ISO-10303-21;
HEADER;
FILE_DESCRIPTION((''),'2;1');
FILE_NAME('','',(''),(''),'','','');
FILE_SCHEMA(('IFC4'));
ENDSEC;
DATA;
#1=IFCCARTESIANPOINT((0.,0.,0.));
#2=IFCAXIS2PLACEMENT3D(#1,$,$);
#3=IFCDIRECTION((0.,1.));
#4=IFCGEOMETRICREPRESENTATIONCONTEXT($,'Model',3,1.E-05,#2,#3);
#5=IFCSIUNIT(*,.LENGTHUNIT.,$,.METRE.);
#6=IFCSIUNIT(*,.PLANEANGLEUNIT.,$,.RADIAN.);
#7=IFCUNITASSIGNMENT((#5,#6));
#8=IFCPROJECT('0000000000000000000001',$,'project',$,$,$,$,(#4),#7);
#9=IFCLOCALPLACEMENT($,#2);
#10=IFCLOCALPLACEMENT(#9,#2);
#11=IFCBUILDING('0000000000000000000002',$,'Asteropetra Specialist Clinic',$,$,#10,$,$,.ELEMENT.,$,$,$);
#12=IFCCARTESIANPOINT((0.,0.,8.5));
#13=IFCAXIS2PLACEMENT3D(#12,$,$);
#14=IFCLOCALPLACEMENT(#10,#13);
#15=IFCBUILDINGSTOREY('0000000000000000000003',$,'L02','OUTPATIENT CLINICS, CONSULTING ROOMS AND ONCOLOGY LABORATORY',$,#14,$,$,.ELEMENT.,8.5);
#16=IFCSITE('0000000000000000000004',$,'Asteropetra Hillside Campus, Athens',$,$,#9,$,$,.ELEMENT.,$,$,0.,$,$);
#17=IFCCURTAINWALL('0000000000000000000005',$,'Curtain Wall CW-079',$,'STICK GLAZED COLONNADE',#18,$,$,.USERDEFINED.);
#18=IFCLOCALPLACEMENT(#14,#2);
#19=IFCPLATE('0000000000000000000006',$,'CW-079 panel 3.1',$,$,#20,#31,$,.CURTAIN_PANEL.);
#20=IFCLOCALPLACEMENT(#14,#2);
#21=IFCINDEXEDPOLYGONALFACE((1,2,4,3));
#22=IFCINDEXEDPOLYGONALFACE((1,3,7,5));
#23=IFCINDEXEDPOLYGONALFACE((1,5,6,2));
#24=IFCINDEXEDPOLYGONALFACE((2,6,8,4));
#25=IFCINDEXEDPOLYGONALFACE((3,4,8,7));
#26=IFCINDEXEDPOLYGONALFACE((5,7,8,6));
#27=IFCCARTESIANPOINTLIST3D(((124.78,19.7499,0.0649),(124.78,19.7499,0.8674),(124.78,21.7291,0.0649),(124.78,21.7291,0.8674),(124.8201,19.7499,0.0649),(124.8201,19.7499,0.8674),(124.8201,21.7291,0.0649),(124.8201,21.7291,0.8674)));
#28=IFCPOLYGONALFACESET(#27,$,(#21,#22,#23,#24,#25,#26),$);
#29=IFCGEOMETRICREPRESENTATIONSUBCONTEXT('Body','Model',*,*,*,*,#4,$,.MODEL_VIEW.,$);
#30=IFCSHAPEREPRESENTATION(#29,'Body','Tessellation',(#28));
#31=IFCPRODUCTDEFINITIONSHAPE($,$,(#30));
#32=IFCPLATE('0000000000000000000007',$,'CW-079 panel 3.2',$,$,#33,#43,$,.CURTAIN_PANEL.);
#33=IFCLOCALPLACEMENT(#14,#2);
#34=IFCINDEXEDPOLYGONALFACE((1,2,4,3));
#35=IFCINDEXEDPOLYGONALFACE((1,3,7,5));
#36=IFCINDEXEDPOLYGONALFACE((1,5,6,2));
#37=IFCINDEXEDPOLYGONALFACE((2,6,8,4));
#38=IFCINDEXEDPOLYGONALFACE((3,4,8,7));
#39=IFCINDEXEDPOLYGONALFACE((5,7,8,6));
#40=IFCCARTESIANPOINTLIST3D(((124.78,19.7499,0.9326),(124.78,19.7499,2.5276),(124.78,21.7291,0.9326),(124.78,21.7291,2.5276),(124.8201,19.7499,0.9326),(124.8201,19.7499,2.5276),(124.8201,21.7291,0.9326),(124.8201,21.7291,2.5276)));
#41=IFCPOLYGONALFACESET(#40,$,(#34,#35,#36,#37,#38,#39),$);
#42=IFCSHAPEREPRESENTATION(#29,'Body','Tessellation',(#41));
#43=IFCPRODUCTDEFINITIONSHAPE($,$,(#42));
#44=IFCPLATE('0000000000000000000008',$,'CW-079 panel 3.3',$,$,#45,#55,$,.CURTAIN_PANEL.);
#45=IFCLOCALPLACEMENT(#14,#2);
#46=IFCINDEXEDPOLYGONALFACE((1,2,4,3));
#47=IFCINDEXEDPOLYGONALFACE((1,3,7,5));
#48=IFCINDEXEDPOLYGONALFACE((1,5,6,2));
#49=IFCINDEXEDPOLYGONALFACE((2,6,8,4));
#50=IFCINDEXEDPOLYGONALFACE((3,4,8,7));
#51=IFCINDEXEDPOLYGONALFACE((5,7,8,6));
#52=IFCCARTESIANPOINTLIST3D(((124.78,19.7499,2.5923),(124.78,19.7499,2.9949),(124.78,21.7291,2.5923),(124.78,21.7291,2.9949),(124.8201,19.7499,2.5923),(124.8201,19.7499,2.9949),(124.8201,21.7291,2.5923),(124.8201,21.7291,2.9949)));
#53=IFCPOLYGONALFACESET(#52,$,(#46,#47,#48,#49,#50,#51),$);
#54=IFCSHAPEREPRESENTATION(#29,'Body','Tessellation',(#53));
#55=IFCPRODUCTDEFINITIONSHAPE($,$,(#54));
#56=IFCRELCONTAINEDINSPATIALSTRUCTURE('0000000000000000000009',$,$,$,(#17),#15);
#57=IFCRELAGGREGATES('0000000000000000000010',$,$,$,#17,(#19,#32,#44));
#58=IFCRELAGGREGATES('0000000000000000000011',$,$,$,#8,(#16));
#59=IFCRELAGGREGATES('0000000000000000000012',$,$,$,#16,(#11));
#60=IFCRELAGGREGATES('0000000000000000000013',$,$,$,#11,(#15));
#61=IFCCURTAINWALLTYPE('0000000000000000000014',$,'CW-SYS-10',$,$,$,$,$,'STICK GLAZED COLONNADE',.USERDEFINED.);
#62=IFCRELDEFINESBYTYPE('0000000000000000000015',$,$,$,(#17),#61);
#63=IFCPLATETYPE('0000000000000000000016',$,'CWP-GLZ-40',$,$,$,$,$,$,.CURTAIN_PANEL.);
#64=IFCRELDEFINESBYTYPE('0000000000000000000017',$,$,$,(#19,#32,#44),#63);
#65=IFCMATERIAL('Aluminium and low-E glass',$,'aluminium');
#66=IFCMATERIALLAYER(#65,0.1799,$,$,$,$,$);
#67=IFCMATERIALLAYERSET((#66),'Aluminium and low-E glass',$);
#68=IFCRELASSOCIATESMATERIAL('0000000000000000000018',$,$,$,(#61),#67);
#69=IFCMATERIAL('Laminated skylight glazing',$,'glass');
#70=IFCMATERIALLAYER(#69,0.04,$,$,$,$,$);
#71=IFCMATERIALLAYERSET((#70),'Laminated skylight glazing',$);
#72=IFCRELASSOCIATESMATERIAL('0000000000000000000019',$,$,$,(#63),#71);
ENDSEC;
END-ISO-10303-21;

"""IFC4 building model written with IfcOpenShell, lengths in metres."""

from ifc_helpers import new_model, si_unit, direction, frame, origin, origin_2d, place, context, subcontext, project, spatial, rectangle, extrude, material, layer, layer_set, type_object, element, aggregate, save


model = new_model("IFC4")

# Units and contexts
model_context = context("Model", 3, precision=1e-05, world=origin(), true_north=direction((0.0, 1.0)))
body_context = subcontext(model_context, "Body", "Model", "MODEL_VIEW")
ifc_project = project(units=[si_unit("LENGTHUNIT", "METRE"), si_unit("PLANEANGLEUNIT", "RADIAN")], contexts=[model_context])

# Site, building, storey
site_placement = place(None, origin())
site = spatial("IfcSite", under=ifc_project, at=site_placement, Name="Asteropetra Hillside Campus, Athens", CompositionType="ELEMENT", RefElevation=0.0)
building_placement = place(site_placement, origin())
building = spatial("IfcBuilding", under=site, at=building_placement, Name="Asteropetra Specialist Clinic", CompositionType="ELEMENT")
storey_placement = place(building_placement, frame((0.0, 0.0, 8.5)))
storey = spatial("IfcBuildingStorey", under=building, at=storey_placement, Name="L02", Description="OUTPATIENT CLINICS, CONSULTING ROOMS AND ONCOLOGY LABORATORY", CompositionType="ELEMENT", Elevation=8.5)

# Curtain wall
ifc_material_1 = material(Name="Aluminium and low-E glass", Category="aluminium")
ifc_layer_1 = layer(ifc_material_1, 0.1799)
ifc_layer_set_1 = layer_set([ifc_layer_1], Name="Aluminium and low-E glass")
curtain_wall_type_1 = type_object("IfcCurtainWallType", Name="CW-SYS-10", ElementType="STICK GLAZED COLONNADE", PredefinedType="USERDEFINED", material=ifc_layer_set_1)
curtain_wall_1_placement = place(storey_placement, origin())
curtain_wall_1 = element("IfcCurtainWall", 1, at=curtain_wall_1_placement, inside=storey, type_object=curtain_wall_type_1, Name="Curtain Wall CW-079", ObjectType="STICK GLAZED COLONNADE", PredefinedType="USERDEFINED")

# Plates
ifc_material_2 = material(Name="Laminated skylight glazing", Category="glass")
ifc_layer_2 = layer(ifc_material_2, 0.04)
ifc_layer_set_2 = layer_set([ifc_layer_2], Name="Laminated skylight glazing")
plate_type_1 = type_object("IfcPlateType", Name="CWP-GLZ-40", PredefinedType="CURTAIN_PANEL", material=ifc_layer_set_2)
plate_1_placement = place(storey_placement, frame((124.8, 20.7395, 0.0649), z_axis=(0.0, 0.0, 1.0), x_axis=(0.0, -1.0, 0.0)))
plate_1 = element("IfcPlate", 2, at=plate_1_placement, type_object=plate_type_1, Name="CW-079 panel 3.1", PredefinedType="CURTAIN_PANEL", context=body_context, shape_type="SweptSolid", body=[
    extrude(rectangle(XDim=1.9792, YDim=0.04, at=origin_2d()), origin(), (0.0, 0.0, 1.0), 0.8025),
])
plate_2_placement = place(storey_placement, frame((124.8, 20.7395, 0.9326), z_axis=(0.0, 0.0, 1.0), x_axis=(0.0, -1.0, 0.0)))
plate_2 = element("IfcPlate", 3, at=plate_2_placement, type_object=plate_type_1, Name="CW-079 panel 3.2", PredefinedType="CURTAIN_PANEL", context=body_context, shape_type="SweptSolid", body=[
    extrude(rectangle(XDim=1.9792, YDim=0.04, at=origin_2d()), origin(), (0.0, 0.0, 1.0), 1.595),
])
plate_3_placement = place(storey_placement, frame((124.8, 20.7395, 2.5923), z_axis=(0.0, 0.0, 1.0), x_axis=(0.0, -1.0, 0.0)))
plate_3 = element("IfcPlate", 4, at=plate_3_placement, type_object=plate_type_1, Name="CW-079 panel 3.3", PredefinedType="CURTAIN_PANEL", context=body_context, shape_type="SweptSolid", body=[
    extrude(rectangle(XDim=1.9792, YDim=0.04, at=origin_2d()), origin(), (0.0, 0.0, 1.0), 0.4026),
])
aggregate(curtain_wall_1, [plate_1, plate_2, plate_3])

save(model, "model.ifc")
